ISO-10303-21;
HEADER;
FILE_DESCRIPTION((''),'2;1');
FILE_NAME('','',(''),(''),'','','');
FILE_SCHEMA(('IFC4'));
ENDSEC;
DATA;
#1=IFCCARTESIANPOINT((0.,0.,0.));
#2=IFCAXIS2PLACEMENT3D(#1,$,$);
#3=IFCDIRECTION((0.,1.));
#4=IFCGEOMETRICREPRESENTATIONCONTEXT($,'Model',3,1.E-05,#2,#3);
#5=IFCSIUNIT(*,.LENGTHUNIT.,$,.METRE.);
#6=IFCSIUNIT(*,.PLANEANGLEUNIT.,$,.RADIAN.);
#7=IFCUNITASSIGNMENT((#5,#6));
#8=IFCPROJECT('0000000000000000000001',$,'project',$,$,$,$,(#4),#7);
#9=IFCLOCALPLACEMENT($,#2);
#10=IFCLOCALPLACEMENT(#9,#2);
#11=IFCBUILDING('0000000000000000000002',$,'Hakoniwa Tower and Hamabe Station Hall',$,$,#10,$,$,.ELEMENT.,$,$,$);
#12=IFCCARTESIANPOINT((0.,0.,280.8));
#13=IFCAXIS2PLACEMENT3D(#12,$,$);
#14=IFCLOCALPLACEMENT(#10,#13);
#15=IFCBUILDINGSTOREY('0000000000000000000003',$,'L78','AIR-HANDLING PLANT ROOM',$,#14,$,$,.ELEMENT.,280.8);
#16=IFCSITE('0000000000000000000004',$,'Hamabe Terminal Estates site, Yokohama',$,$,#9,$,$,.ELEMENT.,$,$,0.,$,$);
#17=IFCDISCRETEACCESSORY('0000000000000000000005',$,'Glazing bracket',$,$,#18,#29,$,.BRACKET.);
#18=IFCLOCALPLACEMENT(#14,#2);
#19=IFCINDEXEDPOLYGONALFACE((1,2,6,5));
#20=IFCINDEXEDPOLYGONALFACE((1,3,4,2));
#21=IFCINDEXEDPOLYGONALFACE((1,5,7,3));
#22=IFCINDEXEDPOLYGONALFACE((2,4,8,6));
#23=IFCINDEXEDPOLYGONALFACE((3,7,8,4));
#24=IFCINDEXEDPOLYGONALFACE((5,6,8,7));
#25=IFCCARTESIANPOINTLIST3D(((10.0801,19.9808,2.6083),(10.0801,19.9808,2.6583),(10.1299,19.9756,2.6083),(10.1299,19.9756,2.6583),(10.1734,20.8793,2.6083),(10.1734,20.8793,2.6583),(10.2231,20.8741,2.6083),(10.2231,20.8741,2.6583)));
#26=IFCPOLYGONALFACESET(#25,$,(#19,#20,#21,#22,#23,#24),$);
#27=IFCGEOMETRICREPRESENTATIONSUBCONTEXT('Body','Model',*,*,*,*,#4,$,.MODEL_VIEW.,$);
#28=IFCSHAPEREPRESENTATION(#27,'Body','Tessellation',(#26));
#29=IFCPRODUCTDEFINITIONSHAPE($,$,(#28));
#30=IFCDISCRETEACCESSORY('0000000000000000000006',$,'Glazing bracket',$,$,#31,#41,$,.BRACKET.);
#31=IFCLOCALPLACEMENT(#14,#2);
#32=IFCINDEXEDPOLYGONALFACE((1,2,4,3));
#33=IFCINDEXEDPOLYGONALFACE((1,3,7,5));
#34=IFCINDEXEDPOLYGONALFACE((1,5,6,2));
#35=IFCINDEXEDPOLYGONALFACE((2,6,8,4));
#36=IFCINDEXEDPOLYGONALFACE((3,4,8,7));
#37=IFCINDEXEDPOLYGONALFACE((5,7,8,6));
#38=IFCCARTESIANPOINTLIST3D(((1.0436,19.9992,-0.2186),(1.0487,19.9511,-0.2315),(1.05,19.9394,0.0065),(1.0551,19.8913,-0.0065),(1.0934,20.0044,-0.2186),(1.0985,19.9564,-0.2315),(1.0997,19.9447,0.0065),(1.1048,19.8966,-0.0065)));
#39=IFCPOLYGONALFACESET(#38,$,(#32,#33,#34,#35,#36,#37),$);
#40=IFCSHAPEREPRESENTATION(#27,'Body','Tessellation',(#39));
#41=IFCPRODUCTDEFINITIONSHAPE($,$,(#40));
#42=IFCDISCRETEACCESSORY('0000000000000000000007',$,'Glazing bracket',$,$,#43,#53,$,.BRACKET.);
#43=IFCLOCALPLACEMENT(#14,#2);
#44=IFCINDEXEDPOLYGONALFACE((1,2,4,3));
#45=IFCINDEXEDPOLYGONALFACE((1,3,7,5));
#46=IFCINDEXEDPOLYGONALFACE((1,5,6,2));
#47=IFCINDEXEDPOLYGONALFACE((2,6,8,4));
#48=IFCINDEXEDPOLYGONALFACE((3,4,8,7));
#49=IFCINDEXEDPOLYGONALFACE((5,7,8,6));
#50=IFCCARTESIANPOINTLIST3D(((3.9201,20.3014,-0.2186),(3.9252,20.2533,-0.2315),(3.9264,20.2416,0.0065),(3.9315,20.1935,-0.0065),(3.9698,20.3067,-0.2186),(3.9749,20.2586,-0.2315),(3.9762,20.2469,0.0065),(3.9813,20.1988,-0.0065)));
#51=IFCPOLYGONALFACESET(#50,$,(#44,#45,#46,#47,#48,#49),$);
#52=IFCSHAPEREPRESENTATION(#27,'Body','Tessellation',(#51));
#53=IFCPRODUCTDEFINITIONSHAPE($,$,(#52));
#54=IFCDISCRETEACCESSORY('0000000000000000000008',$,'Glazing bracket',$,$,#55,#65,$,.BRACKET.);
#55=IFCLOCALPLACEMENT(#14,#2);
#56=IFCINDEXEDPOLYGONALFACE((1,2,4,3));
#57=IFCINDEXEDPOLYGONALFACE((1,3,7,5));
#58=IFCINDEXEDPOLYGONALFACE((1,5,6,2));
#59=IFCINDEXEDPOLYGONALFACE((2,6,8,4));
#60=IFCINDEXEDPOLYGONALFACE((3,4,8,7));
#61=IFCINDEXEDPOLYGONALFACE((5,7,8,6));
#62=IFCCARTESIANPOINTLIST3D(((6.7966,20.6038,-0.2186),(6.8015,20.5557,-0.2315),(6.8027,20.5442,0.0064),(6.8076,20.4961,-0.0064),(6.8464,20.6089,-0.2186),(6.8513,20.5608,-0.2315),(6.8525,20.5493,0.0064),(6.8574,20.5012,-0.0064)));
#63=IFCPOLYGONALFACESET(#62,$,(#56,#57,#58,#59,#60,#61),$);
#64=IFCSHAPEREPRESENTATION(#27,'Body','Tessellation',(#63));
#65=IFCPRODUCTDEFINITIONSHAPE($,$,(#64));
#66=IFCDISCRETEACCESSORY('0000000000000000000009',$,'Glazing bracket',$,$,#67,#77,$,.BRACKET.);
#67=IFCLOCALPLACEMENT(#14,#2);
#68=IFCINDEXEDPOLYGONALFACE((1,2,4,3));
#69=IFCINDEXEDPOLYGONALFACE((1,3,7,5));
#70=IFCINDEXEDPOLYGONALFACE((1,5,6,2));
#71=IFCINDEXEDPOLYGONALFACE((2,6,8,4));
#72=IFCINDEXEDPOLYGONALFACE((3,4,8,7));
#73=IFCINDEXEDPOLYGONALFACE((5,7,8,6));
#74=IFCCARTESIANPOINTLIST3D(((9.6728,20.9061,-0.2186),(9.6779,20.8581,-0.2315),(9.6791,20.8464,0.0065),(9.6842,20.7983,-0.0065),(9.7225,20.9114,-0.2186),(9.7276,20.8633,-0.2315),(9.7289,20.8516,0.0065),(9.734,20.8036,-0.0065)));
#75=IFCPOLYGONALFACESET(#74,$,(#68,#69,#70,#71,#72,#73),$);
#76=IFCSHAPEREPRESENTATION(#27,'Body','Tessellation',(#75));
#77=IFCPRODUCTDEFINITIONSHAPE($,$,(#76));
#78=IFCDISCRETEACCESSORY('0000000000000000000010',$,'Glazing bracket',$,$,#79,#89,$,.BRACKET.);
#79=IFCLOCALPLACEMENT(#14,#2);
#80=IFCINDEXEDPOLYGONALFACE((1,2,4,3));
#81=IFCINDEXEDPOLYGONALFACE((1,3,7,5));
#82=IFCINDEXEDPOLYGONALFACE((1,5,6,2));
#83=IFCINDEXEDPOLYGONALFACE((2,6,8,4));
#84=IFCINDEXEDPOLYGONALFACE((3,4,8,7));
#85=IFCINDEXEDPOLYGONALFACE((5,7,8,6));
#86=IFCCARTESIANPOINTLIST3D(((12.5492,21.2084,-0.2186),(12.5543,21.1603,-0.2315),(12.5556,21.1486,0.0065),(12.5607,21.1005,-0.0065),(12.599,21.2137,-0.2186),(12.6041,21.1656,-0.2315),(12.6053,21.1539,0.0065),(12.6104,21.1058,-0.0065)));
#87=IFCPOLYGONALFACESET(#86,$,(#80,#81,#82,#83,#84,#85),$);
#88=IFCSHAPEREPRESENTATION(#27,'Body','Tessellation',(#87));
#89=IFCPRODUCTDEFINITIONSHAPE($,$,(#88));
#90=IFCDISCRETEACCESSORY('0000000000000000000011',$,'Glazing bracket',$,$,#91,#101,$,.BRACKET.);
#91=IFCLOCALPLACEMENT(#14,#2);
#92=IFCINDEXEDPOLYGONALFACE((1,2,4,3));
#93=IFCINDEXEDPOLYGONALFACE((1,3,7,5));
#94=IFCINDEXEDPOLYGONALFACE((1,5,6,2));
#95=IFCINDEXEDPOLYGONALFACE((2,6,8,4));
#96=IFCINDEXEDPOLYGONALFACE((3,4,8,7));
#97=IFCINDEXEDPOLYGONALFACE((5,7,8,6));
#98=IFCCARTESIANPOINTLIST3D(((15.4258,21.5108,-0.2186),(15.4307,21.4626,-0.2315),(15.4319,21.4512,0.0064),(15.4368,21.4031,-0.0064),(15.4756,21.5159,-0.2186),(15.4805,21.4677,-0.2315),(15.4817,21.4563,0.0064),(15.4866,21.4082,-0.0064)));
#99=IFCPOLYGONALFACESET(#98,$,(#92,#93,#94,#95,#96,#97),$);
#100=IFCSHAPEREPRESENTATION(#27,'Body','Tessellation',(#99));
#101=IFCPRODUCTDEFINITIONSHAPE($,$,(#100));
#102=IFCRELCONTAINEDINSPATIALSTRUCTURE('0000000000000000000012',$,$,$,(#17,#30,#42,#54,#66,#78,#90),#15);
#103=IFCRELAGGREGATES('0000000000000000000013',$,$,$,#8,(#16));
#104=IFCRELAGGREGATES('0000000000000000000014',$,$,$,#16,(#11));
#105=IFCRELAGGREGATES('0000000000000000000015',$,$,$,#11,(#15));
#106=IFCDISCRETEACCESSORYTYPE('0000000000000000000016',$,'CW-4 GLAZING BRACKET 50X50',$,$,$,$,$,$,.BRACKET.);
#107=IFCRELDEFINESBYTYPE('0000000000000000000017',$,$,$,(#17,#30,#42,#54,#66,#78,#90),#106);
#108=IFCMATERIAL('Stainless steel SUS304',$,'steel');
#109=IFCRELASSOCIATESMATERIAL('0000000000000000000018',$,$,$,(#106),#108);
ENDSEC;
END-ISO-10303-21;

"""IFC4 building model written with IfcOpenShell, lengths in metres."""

from ifc_helpers import new_model, si_unit, direction, frame, origin, origin_2d, place, context, subcontext, project, spatial, rectangle, extrude, material, material_profile, profile_set, type_object, element, save


model = new_model("IFC4")

# Units and contexts
model_context = context("Model", 3, precision=1e-05, world=origin(), true_north=direction((0.0, 1.0)))
body_context = subcontext(model_context, "Body", "Model", "MODEL_VIEW")
ifc_project = project(units=[si_unit("LENGTHUNIT", "METRE"), si_unit("PLANEANGLEUNIT", "RADIAN")], contexts=[model_context])

# Site, building, storey
site_placement = place(None, origin())
site = spatial("IfcSite", under=ifc_project, at=site_placement, Name="Hamabe Terminal Estates site, Yokohama", CompositionType="ELEMENT", RefElevation=0.0)
building_placement = place(site_placement, origin())
building = spatial("IfcBuilding", under=site, at=building_placement, Name="Hakoniwa Tower and Hamabe Station Hall", CompositionType="ELEMENT")
storey_placement = place(building_placement, frame((0.0, 0.0, 280.8)))
storey = spatial("IfcBuildingStorey", under=building, at=storey_placement, Name="L78", Description="AIR-HANDLING PLANT ROOM", CompositionType="ELEMENT", Elevation=280.8)

# Discrete accessories
ifc_material_1 = material(Name="Stainless steel SUS304", Category="steel")
ifc_material_profile_1 = material_profile(ifc_material_1, rectangle(XDim=0.05, YDim=0.05, at=origin_2d()), Name="CW-4 GLAZING BRACKET 50X50")
ifc_profile_set_1 = profile_set([ifc_material_profile_1], Name="Stainless steel SUS304")
discrete_accessory_type = type_object("IfcDiscreteAccessoryType", Name="CW-4 GLAZING BRACKET 50X50", PredefinedType="BRACKET", material=ifc_profile_set_1)
discrete_accessory_placement = place(storey_placement, frame((10.1982, 20.8767, 2.6333), z_axis=(-0.10325, -0.994655, 0.0), x_axis=(0.994655, -0.10325, 0.0)))
element("IfcDiscreteAccessory", 1, at=discrete_accessory_placement, inside=storey, type_object=discrete_accessory_type, Name="Glazing bracket", PredefinedType="BRACKET", context=body_context, shape_type="SweptSolid", body=[
    extrude(rectangle(XDim=0.05, YDim=0.05, at=origin_2d()), origin(), (0.0, 0.0, 1.0), 0.9033),
])
for number, where, z_axis, x_axis, name in (
    (2, (1.0774, 19.918, 0.0), (-0.027244, 0.256719, -0.966102), (-0.994416, -0.10553, 0.0), "Glazing bracket"),
    (3, (3.9539, 20.2202, 0.0), (-0.027244, 0.256719, -0.966102), (-0.994416, -0.10553, 0.0), "Glazing bracket"),
    (4, (6.8301, 20.5227, 0.0), (-0.026204, 0.255747, -0.966389), (-0.994792, -0.101925, 0.0), "Glazing bracket"),
    (5, (9.7065, 20.825, 0.0), (-0.027244, 0.256719, -0.966102), (-0.994416, -0.10553, 0.0), "Glazing bracket"),
    (6, (12.583, 21.1272, 0.0), (-0.027244, 0.256719, -0.966102), (-0.994416, -0.10553, 0.0), "Glazing bracket"),
    (7, (15.4592, 21.4297, 0.0), (-0.026204, 0.255747, -0.966389), (-0.994792, -0.101925, 0.0), "Glazing bracket"),
):
    element("IfcDiscreteAccessory", number, at=place(storey_placement, frame(where, z_axis=z_axis, x_axis=x_axis)), inside=storey, type_object=discrete_accessory_type, Name=name, PredefinedType="BRACKET", context=body_context, shape_type="SweptSolid", body=[
        extrude(rectangle(XDim=0.05, YDim=0.05, at=origin_2d()), origin(), (0.0, 0.0, 1.0), 0.2329),
    ])

save(model, "model.ifc")
